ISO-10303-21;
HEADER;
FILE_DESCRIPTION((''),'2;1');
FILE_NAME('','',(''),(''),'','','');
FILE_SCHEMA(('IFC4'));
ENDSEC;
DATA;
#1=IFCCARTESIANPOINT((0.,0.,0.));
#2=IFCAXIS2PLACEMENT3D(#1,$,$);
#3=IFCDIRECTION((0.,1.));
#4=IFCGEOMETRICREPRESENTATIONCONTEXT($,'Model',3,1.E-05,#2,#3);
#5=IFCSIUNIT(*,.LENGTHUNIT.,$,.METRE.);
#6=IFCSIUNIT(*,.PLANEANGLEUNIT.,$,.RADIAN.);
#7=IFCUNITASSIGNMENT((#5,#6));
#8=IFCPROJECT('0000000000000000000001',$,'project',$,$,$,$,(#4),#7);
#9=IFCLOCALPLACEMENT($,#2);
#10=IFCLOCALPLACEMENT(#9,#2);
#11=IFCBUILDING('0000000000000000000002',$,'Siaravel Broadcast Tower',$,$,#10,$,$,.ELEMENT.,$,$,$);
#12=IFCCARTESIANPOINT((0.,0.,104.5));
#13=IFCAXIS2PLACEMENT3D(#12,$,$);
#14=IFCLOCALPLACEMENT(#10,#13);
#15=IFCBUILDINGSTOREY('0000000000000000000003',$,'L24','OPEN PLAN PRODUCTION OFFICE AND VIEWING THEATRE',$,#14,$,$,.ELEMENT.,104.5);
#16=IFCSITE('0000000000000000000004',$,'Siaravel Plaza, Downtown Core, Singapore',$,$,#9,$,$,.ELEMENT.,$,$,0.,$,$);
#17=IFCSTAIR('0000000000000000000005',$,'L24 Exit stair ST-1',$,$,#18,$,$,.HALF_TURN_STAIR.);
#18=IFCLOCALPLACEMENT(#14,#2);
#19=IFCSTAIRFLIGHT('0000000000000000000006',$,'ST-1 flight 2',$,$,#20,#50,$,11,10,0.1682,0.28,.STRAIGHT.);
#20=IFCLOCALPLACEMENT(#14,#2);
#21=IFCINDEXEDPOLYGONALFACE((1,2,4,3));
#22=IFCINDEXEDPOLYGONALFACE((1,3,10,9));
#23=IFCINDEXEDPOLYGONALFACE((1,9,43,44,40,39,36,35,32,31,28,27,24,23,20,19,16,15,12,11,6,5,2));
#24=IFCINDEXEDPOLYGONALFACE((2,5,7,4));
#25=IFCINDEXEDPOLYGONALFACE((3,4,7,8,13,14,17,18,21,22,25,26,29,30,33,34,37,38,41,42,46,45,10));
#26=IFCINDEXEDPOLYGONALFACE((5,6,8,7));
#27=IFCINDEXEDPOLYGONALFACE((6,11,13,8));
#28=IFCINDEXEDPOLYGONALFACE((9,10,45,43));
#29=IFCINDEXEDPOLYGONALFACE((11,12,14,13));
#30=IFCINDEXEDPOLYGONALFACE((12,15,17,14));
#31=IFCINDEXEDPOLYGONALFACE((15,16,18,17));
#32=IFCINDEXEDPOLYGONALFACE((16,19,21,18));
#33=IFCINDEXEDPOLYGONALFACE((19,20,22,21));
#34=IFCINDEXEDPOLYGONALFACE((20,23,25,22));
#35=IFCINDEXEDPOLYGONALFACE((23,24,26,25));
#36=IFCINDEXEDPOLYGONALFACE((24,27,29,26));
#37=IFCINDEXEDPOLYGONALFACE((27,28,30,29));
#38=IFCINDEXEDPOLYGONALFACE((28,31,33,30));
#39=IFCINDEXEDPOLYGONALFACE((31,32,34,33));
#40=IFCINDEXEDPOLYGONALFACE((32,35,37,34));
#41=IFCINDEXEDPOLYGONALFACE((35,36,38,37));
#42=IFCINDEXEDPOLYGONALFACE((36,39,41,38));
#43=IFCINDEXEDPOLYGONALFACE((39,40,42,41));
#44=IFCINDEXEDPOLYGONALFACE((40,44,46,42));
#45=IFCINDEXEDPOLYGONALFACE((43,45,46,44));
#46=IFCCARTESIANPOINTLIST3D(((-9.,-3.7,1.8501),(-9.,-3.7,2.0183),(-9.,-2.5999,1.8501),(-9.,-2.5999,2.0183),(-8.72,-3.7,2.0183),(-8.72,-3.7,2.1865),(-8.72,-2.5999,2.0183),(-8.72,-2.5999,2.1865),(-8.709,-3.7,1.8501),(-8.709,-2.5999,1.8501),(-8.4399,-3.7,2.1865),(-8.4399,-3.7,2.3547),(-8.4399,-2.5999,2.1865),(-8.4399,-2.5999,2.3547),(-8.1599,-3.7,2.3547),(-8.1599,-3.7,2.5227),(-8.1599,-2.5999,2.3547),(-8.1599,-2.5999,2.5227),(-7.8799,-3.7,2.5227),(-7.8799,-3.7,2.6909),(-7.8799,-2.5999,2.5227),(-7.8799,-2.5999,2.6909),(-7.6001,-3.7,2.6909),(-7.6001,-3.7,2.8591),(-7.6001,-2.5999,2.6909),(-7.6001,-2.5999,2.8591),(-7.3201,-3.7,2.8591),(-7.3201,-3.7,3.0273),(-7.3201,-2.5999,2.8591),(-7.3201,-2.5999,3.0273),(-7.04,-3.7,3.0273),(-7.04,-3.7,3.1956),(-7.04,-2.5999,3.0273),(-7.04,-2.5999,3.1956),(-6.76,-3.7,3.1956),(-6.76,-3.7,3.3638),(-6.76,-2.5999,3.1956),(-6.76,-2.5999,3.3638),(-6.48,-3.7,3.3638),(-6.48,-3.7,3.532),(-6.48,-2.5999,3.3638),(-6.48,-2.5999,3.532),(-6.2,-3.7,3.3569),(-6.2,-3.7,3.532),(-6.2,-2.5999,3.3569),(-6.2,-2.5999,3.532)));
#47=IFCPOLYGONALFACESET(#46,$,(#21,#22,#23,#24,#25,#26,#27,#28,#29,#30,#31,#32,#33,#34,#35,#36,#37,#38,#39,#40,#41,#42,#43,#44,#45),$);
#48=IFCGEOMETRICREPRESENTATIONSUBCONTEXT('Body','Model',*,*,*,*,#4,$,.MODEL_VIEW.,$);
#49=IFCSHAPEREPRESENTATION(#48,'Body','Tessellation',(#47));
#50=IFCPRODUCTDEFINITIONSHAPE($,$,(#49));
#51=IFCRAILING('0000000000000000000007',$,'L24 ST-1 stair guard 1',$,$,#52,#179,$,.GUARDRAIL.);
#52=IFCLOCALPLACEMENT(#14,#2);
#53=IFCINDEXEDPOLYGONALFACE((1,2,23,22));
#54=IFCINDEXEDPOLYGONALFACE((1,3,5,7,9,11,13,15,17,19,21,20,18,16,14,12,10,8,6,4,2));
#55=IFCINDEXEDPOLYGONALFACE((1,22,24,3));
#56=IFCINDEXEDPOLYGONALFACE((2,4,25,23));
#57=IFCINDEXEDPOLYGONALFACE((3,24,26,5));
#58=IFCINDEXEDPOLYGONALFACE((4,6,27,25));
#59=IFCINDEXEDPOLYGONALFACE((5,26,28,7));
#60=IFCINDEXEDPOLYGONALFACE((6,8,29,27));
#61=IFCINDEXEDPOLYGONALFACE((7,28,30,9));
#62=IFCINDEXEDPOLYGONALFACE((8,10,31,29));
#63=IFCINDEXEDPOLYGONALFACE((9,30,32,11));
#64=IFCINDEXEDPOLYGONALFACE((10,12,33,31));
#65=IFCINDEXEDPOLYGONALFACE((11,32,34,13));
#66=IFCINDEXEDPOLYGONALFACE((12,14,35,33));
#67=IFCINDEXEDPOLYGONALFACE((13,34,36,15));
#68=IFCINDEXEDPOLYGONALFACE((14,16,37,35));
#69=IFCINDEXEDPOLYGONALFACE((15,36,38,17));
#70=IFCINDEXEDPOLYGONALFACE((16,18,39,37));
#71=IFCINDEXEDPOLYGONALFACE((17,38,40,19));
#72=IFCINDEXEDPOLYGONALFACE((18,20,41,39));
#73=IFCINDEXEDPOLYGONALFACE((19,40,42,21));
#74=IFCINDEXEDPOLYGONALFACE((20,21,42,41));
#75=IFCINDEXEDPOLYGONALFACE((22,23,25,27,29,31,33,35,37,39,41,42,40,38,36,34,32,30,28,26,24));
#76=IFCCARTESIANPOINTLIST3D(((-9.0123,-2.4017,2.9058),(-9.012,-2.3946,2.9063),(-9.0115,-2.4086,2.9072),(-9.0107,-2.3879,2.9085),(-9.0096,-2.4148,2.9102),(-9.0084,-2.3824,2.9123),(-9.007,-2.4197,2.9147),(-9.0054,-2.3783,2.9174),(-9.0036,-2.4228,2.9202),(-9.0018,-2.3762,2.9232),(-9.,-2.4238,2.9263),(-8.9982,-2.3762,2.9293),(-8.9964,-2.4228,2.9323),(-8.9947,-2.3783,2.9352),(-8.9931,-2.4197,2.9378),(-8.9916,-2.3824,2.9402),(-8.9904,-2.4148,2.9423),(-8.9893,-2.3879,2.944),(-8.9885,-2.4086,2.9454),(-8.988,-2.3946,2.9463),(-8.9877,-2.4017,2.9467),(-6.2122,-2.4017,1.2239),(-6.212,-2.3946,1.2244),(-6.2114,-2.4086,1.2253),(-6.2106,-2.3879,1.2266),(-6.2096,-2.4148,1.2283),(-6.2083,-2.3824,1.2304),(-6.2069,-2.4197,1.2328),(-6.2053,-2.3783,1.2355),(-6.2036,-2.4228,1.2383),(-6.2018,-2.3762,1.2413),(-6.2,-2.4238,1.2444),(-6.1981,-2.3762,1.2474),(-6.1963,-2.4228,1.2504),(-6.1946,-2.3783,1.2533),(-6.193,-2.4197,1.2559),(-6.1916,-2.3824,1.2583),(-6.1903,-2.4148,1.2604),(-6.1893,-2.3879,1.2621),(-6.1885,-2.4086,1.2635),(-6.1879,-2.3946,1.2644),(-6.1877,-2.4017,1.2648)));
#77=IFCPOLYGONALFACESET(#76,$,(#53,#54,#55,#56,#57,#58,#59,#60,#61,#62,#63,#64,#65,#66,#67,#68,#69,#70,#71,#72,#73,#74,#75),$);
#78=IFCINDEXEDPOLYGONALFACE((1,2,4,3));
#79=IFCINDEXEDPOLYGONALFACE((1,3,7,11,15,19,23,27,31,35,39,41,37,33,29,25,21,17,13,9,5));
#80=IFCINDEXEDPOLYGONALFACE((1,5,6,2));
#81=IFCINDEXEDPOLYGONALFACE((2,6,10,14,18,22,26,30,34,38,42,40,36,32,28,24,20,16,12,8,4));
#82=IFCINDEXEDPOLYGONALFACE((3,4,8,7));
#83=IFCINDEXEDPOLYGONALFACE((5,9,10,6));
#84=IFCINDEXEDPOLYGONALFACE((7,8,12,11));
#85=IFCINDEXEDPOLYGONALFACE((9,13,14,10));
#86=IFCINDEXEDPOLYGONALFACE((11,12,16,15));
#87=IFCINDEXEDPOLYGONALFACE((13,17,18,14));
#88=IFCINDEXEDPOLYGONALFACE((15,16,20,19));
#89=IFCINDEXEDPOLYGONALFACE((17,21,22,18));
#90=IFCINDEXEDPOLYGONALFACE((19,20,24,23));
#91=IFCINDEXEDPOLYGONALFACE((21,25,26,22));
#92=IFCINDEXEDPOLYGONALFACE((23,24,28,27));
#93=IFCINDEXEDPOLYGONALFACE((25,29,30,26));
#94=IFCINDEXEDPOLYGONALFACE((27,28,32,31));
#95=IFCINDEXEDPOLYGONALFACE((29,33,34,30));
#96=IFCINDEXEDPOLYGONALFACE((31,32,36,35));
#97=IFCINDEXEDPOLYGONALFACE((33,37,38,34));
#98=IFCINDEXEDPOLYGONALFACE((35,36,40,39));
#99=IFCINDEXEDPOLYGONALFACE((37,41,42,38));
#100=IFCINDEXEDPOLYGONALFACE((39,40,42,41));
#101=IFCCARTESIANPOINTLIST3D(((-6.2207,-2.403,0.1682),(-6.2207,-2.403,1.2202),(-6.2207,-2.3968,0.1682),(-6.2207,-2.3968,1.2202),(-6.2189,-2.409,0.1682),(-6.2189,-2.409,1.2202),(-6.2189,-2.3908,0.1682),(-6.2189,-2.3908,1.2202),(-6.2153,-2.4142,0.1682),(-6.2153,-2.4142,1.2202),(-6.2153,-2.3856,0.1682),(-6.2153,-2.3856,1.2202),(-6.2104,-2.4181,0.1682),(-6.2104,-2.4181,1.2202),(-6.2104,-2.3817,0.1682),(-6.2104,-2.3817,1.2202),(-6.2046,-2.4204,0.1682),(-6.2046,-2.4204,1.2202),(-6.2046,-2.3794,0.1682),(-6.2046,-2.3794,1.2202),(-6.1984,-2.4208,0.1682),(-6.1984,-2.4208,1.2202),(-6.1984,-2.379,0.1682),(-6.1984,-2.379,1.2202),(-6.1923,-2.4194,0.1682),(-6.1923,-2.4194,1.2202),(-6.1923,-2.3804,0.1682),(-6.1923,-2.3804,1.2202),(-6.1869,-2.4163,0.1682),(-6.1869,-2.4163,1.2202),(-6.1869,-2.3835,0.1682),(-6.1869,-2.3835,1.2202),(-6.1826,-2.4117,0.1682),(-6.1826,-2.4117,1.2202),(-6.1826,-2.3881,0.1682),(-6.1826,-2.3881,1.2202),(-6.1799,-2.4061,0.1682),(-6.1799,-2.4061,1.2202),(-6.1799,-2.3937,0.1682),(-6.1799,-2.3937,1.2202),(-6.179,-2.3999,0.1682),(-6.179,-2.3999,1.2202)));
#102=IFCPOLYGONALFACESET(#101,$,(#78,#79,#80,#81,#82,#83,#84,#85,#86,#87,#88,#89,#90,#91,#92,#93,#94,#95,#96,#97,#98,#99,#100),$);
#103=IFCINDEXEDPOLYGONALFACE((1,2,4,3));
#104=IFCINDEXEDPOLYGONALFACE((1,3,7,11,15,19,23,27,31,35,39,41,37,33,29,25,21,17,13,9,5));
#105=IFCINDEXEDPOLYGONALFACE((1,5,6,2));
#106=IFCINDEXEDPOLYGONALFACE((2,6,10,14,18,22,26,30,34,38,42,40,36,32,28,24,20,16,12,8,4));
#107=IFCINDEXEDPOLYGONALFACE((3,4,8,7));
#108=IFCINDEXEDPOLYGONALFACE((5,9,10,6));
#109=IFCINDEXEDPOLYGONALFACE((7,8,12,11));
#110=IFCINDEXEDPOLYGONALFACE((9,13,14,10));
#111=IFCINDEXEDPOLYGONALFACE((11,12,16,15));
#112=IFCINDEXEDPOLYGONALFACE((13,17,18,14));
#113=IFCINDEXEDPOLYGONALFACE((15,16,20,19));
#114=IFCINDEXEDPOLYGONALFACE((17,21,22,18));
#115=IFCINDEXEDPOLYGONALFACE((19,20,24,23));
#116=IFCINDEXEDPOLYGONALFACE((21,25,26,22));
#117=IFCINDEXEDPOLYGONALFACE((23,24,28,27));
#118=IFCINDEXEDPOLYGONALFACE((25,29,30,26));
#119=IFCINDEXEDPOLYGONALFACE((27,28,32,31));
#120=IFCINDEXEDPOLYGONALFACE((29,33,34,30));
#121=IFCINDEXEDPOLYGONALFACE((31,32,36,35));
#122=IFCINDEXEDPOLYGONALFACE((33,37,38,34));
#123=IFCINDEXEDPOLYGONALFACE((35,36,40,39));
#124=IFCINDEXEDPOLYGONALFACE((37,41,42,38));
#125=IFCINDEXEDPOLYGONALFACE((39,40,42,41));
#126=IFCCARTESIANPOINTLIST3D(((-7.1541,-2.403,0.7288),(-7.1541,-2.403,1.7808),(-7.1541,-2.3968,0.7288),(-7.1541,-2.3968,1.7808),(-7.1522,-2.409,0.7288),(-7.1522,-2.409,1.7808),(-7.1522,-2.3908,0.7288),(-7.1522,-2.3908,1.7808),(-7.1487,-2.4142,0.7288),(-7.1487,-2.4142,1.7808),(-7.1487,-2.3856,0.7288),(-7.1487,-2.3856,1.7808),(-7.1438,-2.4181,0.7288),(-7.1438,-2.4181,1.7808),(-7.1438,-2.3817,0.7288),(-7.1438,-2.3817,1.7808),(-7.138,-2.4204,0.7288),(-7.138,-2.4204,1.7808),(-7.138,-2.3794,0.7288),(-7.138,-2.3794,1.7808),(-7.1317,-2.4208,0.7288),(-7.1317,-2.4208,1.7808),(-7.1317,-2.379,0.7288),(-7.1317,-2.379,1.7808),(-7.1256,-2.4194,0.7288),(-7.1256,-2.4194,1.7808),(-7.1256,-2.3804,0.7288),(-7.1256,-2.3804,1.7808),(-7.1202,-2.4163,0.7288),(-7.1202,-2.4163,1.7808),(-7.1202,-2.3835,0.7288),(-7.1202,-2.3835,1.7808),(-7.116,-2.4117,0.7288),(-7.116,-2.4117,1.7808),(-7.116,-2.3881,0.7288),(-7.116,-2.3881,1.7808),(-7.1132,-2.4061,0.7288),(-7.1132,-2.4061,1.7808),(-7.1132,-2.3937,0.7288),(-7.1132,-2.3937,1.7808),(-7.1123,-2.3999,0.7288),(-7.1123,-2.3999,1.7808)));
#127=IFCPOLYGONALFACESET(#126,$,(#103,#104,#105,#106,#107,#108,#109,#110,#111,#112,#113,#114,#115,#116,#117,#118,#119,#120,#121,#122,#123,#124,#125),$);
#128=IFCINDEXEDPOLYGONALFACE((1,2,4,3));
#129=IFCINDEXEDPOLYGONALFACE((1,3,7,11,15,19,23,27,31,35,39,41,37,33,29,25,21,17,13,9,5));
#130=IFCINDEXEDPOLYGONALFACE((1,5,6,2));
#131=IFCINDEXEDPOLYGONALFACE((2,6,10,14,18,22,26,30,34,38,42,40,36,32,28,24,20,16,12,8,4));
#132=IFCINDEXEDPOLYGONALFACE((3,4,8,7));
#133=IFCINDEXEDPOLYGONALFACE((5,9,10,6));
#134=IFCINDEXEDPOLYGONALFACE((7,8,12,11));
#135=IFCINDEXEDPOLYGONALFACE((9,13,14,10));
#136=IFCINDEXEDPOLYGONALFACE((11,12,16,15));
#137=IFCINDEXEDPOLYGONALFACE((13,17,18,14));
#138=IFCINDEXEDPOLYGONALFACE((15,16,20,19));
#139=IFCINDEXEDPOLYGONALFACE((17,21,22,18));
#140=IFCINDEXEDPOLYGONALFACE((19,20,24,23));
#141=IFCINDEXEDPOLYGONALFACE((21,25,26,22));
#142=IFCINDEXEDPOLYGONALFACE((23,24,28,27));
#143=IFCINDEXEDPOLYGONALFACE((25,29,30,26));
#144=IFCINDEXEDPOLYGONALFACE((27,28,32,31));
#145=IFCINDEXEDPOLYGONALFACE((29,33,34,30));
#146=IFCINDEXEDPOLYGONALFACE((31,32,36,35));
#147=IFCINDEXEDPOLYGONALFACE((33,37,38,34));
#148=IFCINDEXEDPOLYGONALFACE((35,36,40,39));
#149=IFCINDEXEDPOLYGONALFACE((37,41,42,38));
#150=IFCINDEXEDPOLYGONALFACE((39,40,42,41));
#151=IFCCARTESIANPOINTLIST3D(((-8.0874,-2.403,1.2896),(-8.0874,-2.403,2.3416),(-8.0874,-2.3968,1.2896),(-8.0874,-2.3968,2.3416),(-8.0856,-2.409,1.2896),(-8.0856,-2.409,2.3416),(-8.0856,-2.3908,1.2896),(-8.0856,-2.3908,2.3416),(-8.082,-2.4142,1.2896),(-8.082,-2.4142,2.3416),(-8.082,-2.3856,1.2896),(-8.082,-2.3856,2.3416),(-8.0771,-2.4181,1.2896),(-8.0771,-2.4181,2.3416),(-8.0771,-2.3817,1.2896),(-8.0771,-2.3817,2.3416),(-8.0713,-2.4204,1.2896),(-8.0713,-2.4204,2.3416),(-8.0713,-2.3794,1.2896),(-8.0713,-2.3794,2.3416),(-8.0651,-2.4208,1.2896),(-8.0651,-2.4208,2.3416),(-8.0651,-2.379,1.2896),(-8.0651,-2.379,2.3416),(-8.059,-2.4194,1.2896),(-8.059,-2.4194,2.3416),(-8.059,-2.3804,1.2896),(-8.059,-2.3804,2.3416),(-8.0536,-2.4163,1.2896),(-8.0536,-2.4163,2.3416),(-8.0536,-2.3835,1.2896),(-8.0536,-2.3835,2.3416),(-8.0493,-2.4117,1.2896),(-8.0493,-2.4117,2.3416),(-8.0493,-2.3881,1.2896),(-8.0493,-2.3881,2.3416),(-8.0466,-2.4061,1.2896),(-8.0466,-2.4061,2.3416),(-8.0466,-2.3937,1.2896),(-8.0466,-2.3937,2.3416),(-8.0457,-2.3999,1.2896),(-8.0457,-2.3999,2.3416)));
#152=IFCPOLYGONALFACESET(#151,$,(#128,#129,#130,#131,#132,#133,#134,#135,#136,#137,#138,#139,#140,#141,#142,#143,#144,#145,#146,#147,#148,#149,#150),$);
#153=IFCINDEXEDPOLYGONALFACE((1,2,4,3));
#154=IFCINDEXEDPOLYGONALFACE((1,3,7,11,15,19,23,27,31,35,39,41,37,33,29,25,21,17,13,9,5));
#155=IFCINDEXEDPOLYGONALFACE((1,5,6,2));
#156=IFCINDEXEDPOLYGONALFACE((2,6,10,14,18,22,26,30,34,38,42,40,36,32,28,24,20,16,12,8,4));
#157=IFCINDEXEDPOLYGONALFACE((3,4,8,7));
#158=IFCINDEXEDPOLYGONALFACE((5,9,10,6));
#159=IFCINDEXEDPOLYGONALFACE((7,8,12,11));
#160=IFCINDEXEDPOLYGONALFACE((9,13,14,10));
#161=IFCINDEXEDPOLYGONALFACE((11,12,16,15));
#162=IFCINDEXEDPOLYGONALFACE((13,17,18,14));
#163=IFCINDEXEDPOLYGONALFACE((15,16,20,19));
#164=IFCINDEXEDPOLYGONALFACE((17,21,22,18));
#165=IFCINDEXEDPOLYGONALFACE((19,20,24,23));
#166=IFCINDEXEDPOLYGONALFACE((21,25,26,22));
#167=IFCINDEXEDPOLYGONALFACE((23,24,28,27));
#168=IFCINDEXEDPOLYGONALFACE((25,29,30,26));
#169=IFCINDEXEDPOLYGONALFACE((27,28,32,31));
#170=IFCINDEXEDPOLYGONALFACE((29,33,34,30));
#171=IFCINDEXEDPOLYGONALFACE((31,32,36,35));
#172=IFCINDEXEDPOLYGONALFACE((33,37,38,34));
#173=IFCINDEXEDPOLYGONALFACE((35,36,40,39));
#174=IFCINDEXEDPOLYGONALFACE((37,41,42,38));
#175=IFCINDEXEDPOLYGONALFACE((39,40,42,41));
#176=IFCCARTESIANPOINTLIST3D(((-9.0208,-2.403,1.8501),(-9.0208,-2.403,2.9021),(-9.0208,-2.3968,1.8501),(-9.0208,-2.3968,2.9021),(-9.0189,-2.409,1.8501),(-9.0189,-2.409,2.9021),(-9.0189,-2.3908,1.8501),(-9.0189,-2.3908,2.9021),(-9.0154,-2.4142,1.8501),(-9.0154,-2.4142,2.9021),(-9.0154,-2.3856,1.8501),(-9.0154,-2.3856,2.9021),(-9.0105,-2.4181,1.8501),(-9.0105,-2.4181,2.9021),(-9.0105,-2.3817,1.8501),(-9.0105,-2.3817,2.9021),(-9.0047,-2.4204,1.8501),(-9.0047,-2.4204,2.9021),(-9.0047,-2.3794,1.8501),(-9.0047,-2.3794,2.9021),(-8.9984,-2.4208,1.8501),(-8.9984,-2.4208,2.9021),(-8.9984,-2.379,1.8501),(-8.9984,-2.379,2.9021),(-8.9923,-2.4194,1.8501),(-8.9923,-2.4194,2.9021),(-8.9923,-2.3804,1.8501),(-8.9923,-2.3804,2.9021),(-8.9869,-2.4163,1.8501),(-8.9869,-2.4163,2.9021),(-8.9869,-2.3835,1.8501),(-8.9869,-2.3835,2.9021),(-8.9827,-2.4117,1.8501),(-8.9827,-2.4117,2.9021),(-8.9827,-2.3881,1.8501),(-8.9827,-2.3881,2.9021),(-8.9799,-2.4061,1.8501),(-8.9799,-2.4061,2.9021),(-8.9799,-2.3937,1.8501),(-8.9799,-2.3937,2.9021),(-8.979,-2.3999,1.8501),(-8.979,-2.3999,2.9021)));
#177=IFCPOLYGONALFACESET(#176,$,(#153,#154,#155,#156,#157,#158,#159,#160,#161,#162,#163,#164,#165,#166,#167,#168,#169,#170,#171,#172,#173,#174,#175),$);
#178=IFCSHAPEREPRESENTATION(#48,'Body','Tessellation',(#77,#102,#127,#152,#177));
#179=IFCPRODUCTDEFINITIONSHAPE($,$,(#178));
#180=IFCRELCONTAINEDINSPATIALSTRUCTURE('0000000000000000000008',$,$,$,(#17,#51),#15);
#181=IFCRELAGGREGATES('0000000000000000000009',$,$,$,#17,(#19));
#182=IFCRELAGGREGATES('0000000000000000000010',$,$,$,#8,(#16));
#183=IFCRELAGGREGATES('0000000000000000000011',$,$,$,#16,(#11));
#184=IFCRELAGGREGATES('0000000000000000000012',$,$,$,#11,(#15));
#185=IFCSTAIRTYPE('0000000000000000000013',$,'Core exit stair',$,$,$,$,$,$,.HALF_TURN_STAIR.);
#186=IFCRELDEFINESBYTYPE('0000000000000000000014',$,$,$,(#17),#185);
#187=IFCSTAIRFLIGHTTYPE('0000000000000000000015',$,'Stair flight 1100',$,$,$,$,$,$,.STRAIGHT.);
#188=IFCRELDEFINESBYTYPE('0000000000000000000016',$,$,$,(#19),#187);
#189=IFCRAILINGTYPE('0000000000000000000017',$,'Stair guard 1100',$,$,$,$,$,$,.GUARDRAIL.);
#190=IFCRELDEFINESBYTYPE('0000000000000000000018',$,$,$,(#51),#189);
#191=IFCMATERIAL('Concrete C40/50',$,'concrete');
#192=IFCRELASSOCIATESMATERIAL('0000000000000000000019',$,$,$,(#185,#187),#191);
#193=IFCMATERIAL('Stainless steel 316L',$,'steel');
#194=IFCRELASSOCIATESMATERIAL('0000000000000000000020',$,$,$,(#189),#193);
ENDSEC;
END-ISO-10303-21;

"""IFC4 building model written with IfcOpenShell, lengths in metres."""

from ifc_helpers import new_model, si_unit, direction, frame, origin, origin_2d, place, context, subcontext, project, spatial, polyline, circle, outline, extrude, material, type_object, element, aggregate, save


model = new_model("IFC4")

# Units and contexts
model_context = context("Model", 3, precision=1e-05, world=origin(), true_north=direction((0.0, 1.0)))
body_context = subcontext(model_context, "Body", "Model", "MODEL_VIEW")
ifc_project = project(units=[si_unit("LENGTHUNIT", "METRE"), si_unit("PLANEANGLEUNIT", "RADIAN")], contexts=[model_context])

# Site, building, storey
site_placement = place(None, origin())
site = spatial("IfcSite", under=ifc_project, at=site_placement, Name="Siaravel Plaza, Downtown Core, Singapore", CompositionType="ELEMENT", RefElevation=0.0)
building_placement = place(site_placement, origin())
building = spatial("IfcBuilding", under=site, at=building_placement, Name="Siaravel Broadcast Tower", CompositionType="ELEMENT")
storey_placement = place(building_placement, frame((0.0, 0.0, 104.5)))
storey = spatial("IfcBuildingStorey", under=building, at=storey_placement, Name="L24", Description="OPEN PLAN PRODUCTION OFFICE AND VIEWING THEATRE", CompositionType="ELEMENT", Elevation=104.5)

# Stair, stair flight
ifc_material_1 = material(Name="Concrete C40/50", Category="concrete")
stair_type = type_object("IfcStairType", Name="Core exit stair", PredefinedType="HALF_TURN_STAIR", material=ifc_material_1)
stair_placement = place(storey_placement, origin())
stair = element("IfcStair", 1, at=stair_placement, inside=storey, type_object=stair_type, Name="L24 Exit stair ST-1", PredefinedType="HALF_TURN_STAIR")
stair_flight_type = type_object("IfcStairFlightType", Name="Stair flight 1100", PredefinedType="STRAIGHT", material=ifc_material_1)
stair_flight_1_placement = place(storey_placement, frame((-9.0, -3.1499, 1.8501), z_axis=(0.0, 0.0, 1.0), x_axis=(1.0, 0.0, 0.0)))
stair_flight_1 = element("IfcStairFlight", 2, at=stair_flight_1_placement, type_object=stair_flight_type, Name="ST-1 flight 2", NumberOfRisers=11, NumberOfTreads=10, PredefinedType="STRAIGHT", RiserHeight=0.1682, TreadLength=0.28, context=body_context, shape_type="SweptSolid", body=[
    extrude(outline(polyline([(0.0, 0.0), (0.0, 0.1682), (0.28, 0.1682), (0.28, 0.3364), (0.5601, 0.3364), (0.5601, 0.5046), (0.8401, 0.5046), (0.8401, 0.6726), (1.1201, 0.6726), (1.1201, 0.8408), (1.3999, 0.8408), (1.3999, 1.009), (1.6799, 1.009), (1.6799, 1.1772), (1.96, 1.1772), (1.96, 1.3455), (2.24, 1.3455), (2.24, 1.5137), (2.52, 1.5137), (2.52, 1.6819), (2.8, 1.6819), (2.8, 1.8501), (2.8, 1.5068), (0.291, 0.0), (0.0, 0.0)])), frame((0.0, 0.55, 0.0), z_axis=(0.0, -1.0, 0.0), x_axis=(1.0, 0.0, 0.0)), (0.0, 0.0, 1.0), 1.1001),
])
aggregate(stair, [stair_flight_1])

# Railing
ifc_material_2 = material(Name="Stainless steel 316L", Category="steel")
railing_type_1 = type_object("IfcRailingType", Name="Stair guard 1100", PredefinedType="GUARDRAIL", material=ifc_material_2)
railing_1_placement = place(storey_placement, frame((-6.2, -2.3999, 0.1682)))
element("IfcRailing", 3, at=railing_1_placement, inside=storey, type_object=railing_type_1, Name="L24 ST-1 stair guard 1", PredefinedType="GUARDRAIL", context=body_context, shape_type="SweptSolid", body=[
    extrude(circle(Radius=0.0239, at=origin_2d()), frame((0.0, 0.0, 1.0762), z_axis=(-0.857242, 0.0, 0.514913), x_axis=(0.0, -1.0, 0.0)), (0.0, 0.0, 1.0), 3.2664),
    extrude(circle(Radius=0.021, at=origin_2d()), origin(), (0.0, 0.0, 1.0), 1.052),
    extrude(circle(Radius=0.021, at=origin_2d()), frame((-0.9333, 0.0, 0.5605)), (0.0, 0.0, 1.0), 1.052),
    extrude(circle(Radius=0.021, at=origin_2d()), frame((-1.8667, 0.0, 1.1213)), (0.0, 0.0, 1.0), 1.052),
    extrude(circle(Radius=0.021, at=origin_2d()), frame((-2.8, 0.0, 1.6819)), (0.0, 0.0, 1.0), 1.052),
])

save(model, "model.ifc")
